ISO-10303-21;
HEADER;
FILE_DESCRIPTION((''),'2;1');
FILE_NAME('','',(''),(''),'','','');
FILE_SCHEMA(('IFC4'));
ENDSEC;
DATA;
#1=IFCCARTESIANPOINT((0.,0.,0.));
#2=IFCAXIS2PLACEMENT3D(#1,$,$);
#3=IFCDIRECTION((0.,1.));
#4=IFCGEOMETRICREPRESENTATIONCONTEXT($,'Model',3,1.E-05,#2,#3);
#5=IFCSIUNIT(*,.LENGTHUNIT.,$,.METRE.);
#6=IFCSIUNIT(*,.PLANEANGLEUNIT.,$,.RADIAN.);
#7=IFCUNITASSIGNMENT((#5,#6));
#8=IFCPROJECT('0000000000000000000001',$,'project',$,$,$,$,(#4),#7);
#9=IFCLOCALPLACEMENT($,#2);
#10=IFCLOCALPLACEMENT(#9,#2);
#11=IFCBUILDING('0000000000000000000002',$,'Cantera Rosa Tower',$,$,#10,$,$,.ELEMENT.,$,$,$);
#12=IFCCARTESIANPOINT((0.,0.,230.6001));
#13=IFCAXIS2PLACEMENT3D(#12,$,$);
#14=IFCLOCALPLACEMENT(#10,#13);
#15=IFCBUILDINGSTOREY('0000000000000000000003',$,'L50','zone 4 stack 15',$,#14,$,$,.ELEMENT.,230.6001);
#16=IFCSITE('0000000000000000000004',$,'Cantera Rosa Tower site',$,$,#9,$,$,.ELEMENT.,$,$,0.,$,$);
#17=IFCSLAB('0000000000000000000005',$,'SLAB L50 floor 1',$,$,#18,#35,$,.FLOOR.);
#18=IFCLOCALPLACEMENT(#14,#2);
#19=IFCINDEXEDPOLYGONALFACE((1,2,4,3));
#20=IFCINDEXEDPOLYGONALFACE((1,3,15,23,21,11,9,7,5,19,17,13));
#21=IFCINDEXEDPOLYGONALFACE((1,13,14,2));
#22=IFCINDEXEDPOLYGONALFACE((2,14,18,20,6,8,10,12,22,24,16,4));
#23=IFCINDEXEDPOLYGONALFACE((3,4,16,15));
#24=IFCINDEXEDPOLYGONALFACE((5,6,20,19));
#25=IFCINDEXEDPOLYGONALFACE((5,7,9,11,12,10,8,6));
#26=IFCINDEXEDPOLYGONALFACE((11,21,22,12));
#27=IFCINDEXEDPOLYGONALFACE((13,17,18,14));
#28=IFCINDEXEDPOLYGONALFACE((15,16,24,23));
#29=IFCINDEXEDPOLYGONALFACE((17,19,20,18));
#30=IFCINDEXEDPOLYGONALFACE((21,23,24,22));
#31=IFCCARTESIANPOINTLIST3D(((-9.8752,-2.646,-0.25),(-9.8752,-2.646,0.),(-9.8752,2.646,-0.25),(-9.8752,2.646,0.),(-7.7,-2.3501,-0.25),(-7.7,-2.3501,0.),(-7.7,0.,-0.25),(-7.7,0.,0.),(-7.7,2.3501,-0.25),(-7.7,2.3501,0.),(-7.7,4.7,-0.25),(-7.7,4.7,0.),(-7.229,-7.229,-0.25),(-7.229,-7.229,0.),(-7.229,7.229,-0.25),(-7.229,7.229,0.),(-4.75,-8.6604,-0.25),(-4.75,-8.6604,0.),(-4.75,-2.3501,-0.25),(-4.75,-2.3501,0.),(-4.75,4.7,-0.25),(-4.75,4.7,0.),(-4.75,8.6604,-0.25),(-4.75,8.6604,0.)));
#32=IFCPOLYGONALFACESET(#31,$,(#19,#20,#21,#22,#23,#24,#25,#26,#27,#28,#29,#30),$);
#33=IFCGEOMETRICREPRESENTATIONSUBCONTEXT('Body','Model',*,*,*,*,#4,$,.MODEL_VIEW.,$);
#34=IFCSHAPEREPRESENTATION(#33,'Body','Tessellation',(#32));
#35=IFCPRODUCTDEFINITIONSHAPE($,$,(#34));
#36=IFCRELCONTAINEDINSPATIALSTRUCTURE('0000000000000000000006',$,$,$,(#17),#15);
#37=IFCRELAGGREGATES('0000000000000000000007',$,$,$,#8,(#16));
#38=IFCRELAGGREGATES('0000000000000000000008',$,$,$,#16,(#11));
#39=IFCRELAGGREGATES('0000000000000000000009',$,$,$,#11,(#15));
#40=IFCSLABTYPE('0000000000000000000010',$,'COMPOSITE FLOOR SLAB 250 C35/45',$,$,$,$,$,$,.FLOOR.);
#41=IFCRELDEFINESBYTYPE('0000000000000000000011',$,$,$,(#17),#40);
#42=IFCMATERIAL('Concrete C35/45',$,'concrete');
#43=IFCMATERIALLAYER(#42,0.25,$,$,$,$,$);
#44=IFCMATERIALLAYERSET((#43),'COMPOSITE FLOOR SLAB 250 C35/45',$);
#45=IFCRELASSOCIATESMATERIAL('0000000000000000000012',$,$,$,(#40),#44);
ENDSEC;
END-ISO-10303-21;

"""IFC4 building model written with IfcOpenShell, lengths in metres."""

from ifc_helpers import new_model, si_unit, direction, frame, origin, place, context, subcontext, project, spatial, polyline, outline, extrude, material, layer, layer_set, type_object, element, save


model = new_model("IFC4")

# Units and contexts
model_context = context("Model", 3, precision=1e-05, world=origin(), true_north=direction((0.0, 1.0)))
body_context = subcontext(model_context, "Body", "Model", "MODEL_VIEW")
ifc_project = project(units=[si_unit("LENGTHUNIT", "METRE"), si_unit("PLANEANGLEUNIT", "RADIAN")], contexts=[model_context])

# Site, building, storey
site_placement = place(None, origin())
site = spatial("IfcSite", under=ifc_project, at=site_placement, Name="Cantera Rosa Tower site", CompositionType="ELEMENT", RefElevation=0.0)
building_placement = place(site_placement, origin())
building = spatial("IfcBuilding", under=site, at=building_placement, Name="Cantera Rosa Tower", CompositionType="ELEMENT")
storey_placement = place(building_placement, frame((0.0, 0.0, 230.6001)))
storey = spatial("IfcBuildingStorey", under=building, at=storey_placement, Name="L50", Description="zone 4 stack 15", CompositionType="ELEMENT", Elevation=230.6001)

# Slab
ifc_material_1 = material(Name="Concrete C35/45", Category="concrete")
ifc_layer_1 = layer(ifc_material_1, 0.25)
ifc_layer_set_1 = layer_set([ifc_layer_1], Name="COMPOSITE FLOOR SLAB 250 C35/45")
slab_type_1 = type_object("IfcSlabType", Name="COMPOSITE FLOOR SLAB 250 C35/45", PredefinedType="FLOOR", material=ifc_layer_set_1)
slab_1_placement = place(storey_placement, frame((0.0, 0.0, -0.25)))
element("IfcSlab", 1, at=slab_1_placement, inside=storey, type_object=slab_type_1, Name="SLAB L50 floor 1", PredefinedType="FLOOR", context=body_context, shape_type="SweptSolid", body=[
    extrude(outline(polyline([(-7.7, 0.0), (-7.7, -2.3501), (-4.75, -2.3501), (-4.75, -8.6604), (-7.229, -7.229), (-9.8752, -2.646), (-9.8752, 2.646), (-7.229, 7.229), (-4.75, 8.6604), (-4.75, 4.7), (-7.7, 4.7), (-7.7, 2.3501), (-7.7, 0.0)])), origin(), (0.0, 0.0, 1.0), 0.25),
])

save(model, "model.ifc")
